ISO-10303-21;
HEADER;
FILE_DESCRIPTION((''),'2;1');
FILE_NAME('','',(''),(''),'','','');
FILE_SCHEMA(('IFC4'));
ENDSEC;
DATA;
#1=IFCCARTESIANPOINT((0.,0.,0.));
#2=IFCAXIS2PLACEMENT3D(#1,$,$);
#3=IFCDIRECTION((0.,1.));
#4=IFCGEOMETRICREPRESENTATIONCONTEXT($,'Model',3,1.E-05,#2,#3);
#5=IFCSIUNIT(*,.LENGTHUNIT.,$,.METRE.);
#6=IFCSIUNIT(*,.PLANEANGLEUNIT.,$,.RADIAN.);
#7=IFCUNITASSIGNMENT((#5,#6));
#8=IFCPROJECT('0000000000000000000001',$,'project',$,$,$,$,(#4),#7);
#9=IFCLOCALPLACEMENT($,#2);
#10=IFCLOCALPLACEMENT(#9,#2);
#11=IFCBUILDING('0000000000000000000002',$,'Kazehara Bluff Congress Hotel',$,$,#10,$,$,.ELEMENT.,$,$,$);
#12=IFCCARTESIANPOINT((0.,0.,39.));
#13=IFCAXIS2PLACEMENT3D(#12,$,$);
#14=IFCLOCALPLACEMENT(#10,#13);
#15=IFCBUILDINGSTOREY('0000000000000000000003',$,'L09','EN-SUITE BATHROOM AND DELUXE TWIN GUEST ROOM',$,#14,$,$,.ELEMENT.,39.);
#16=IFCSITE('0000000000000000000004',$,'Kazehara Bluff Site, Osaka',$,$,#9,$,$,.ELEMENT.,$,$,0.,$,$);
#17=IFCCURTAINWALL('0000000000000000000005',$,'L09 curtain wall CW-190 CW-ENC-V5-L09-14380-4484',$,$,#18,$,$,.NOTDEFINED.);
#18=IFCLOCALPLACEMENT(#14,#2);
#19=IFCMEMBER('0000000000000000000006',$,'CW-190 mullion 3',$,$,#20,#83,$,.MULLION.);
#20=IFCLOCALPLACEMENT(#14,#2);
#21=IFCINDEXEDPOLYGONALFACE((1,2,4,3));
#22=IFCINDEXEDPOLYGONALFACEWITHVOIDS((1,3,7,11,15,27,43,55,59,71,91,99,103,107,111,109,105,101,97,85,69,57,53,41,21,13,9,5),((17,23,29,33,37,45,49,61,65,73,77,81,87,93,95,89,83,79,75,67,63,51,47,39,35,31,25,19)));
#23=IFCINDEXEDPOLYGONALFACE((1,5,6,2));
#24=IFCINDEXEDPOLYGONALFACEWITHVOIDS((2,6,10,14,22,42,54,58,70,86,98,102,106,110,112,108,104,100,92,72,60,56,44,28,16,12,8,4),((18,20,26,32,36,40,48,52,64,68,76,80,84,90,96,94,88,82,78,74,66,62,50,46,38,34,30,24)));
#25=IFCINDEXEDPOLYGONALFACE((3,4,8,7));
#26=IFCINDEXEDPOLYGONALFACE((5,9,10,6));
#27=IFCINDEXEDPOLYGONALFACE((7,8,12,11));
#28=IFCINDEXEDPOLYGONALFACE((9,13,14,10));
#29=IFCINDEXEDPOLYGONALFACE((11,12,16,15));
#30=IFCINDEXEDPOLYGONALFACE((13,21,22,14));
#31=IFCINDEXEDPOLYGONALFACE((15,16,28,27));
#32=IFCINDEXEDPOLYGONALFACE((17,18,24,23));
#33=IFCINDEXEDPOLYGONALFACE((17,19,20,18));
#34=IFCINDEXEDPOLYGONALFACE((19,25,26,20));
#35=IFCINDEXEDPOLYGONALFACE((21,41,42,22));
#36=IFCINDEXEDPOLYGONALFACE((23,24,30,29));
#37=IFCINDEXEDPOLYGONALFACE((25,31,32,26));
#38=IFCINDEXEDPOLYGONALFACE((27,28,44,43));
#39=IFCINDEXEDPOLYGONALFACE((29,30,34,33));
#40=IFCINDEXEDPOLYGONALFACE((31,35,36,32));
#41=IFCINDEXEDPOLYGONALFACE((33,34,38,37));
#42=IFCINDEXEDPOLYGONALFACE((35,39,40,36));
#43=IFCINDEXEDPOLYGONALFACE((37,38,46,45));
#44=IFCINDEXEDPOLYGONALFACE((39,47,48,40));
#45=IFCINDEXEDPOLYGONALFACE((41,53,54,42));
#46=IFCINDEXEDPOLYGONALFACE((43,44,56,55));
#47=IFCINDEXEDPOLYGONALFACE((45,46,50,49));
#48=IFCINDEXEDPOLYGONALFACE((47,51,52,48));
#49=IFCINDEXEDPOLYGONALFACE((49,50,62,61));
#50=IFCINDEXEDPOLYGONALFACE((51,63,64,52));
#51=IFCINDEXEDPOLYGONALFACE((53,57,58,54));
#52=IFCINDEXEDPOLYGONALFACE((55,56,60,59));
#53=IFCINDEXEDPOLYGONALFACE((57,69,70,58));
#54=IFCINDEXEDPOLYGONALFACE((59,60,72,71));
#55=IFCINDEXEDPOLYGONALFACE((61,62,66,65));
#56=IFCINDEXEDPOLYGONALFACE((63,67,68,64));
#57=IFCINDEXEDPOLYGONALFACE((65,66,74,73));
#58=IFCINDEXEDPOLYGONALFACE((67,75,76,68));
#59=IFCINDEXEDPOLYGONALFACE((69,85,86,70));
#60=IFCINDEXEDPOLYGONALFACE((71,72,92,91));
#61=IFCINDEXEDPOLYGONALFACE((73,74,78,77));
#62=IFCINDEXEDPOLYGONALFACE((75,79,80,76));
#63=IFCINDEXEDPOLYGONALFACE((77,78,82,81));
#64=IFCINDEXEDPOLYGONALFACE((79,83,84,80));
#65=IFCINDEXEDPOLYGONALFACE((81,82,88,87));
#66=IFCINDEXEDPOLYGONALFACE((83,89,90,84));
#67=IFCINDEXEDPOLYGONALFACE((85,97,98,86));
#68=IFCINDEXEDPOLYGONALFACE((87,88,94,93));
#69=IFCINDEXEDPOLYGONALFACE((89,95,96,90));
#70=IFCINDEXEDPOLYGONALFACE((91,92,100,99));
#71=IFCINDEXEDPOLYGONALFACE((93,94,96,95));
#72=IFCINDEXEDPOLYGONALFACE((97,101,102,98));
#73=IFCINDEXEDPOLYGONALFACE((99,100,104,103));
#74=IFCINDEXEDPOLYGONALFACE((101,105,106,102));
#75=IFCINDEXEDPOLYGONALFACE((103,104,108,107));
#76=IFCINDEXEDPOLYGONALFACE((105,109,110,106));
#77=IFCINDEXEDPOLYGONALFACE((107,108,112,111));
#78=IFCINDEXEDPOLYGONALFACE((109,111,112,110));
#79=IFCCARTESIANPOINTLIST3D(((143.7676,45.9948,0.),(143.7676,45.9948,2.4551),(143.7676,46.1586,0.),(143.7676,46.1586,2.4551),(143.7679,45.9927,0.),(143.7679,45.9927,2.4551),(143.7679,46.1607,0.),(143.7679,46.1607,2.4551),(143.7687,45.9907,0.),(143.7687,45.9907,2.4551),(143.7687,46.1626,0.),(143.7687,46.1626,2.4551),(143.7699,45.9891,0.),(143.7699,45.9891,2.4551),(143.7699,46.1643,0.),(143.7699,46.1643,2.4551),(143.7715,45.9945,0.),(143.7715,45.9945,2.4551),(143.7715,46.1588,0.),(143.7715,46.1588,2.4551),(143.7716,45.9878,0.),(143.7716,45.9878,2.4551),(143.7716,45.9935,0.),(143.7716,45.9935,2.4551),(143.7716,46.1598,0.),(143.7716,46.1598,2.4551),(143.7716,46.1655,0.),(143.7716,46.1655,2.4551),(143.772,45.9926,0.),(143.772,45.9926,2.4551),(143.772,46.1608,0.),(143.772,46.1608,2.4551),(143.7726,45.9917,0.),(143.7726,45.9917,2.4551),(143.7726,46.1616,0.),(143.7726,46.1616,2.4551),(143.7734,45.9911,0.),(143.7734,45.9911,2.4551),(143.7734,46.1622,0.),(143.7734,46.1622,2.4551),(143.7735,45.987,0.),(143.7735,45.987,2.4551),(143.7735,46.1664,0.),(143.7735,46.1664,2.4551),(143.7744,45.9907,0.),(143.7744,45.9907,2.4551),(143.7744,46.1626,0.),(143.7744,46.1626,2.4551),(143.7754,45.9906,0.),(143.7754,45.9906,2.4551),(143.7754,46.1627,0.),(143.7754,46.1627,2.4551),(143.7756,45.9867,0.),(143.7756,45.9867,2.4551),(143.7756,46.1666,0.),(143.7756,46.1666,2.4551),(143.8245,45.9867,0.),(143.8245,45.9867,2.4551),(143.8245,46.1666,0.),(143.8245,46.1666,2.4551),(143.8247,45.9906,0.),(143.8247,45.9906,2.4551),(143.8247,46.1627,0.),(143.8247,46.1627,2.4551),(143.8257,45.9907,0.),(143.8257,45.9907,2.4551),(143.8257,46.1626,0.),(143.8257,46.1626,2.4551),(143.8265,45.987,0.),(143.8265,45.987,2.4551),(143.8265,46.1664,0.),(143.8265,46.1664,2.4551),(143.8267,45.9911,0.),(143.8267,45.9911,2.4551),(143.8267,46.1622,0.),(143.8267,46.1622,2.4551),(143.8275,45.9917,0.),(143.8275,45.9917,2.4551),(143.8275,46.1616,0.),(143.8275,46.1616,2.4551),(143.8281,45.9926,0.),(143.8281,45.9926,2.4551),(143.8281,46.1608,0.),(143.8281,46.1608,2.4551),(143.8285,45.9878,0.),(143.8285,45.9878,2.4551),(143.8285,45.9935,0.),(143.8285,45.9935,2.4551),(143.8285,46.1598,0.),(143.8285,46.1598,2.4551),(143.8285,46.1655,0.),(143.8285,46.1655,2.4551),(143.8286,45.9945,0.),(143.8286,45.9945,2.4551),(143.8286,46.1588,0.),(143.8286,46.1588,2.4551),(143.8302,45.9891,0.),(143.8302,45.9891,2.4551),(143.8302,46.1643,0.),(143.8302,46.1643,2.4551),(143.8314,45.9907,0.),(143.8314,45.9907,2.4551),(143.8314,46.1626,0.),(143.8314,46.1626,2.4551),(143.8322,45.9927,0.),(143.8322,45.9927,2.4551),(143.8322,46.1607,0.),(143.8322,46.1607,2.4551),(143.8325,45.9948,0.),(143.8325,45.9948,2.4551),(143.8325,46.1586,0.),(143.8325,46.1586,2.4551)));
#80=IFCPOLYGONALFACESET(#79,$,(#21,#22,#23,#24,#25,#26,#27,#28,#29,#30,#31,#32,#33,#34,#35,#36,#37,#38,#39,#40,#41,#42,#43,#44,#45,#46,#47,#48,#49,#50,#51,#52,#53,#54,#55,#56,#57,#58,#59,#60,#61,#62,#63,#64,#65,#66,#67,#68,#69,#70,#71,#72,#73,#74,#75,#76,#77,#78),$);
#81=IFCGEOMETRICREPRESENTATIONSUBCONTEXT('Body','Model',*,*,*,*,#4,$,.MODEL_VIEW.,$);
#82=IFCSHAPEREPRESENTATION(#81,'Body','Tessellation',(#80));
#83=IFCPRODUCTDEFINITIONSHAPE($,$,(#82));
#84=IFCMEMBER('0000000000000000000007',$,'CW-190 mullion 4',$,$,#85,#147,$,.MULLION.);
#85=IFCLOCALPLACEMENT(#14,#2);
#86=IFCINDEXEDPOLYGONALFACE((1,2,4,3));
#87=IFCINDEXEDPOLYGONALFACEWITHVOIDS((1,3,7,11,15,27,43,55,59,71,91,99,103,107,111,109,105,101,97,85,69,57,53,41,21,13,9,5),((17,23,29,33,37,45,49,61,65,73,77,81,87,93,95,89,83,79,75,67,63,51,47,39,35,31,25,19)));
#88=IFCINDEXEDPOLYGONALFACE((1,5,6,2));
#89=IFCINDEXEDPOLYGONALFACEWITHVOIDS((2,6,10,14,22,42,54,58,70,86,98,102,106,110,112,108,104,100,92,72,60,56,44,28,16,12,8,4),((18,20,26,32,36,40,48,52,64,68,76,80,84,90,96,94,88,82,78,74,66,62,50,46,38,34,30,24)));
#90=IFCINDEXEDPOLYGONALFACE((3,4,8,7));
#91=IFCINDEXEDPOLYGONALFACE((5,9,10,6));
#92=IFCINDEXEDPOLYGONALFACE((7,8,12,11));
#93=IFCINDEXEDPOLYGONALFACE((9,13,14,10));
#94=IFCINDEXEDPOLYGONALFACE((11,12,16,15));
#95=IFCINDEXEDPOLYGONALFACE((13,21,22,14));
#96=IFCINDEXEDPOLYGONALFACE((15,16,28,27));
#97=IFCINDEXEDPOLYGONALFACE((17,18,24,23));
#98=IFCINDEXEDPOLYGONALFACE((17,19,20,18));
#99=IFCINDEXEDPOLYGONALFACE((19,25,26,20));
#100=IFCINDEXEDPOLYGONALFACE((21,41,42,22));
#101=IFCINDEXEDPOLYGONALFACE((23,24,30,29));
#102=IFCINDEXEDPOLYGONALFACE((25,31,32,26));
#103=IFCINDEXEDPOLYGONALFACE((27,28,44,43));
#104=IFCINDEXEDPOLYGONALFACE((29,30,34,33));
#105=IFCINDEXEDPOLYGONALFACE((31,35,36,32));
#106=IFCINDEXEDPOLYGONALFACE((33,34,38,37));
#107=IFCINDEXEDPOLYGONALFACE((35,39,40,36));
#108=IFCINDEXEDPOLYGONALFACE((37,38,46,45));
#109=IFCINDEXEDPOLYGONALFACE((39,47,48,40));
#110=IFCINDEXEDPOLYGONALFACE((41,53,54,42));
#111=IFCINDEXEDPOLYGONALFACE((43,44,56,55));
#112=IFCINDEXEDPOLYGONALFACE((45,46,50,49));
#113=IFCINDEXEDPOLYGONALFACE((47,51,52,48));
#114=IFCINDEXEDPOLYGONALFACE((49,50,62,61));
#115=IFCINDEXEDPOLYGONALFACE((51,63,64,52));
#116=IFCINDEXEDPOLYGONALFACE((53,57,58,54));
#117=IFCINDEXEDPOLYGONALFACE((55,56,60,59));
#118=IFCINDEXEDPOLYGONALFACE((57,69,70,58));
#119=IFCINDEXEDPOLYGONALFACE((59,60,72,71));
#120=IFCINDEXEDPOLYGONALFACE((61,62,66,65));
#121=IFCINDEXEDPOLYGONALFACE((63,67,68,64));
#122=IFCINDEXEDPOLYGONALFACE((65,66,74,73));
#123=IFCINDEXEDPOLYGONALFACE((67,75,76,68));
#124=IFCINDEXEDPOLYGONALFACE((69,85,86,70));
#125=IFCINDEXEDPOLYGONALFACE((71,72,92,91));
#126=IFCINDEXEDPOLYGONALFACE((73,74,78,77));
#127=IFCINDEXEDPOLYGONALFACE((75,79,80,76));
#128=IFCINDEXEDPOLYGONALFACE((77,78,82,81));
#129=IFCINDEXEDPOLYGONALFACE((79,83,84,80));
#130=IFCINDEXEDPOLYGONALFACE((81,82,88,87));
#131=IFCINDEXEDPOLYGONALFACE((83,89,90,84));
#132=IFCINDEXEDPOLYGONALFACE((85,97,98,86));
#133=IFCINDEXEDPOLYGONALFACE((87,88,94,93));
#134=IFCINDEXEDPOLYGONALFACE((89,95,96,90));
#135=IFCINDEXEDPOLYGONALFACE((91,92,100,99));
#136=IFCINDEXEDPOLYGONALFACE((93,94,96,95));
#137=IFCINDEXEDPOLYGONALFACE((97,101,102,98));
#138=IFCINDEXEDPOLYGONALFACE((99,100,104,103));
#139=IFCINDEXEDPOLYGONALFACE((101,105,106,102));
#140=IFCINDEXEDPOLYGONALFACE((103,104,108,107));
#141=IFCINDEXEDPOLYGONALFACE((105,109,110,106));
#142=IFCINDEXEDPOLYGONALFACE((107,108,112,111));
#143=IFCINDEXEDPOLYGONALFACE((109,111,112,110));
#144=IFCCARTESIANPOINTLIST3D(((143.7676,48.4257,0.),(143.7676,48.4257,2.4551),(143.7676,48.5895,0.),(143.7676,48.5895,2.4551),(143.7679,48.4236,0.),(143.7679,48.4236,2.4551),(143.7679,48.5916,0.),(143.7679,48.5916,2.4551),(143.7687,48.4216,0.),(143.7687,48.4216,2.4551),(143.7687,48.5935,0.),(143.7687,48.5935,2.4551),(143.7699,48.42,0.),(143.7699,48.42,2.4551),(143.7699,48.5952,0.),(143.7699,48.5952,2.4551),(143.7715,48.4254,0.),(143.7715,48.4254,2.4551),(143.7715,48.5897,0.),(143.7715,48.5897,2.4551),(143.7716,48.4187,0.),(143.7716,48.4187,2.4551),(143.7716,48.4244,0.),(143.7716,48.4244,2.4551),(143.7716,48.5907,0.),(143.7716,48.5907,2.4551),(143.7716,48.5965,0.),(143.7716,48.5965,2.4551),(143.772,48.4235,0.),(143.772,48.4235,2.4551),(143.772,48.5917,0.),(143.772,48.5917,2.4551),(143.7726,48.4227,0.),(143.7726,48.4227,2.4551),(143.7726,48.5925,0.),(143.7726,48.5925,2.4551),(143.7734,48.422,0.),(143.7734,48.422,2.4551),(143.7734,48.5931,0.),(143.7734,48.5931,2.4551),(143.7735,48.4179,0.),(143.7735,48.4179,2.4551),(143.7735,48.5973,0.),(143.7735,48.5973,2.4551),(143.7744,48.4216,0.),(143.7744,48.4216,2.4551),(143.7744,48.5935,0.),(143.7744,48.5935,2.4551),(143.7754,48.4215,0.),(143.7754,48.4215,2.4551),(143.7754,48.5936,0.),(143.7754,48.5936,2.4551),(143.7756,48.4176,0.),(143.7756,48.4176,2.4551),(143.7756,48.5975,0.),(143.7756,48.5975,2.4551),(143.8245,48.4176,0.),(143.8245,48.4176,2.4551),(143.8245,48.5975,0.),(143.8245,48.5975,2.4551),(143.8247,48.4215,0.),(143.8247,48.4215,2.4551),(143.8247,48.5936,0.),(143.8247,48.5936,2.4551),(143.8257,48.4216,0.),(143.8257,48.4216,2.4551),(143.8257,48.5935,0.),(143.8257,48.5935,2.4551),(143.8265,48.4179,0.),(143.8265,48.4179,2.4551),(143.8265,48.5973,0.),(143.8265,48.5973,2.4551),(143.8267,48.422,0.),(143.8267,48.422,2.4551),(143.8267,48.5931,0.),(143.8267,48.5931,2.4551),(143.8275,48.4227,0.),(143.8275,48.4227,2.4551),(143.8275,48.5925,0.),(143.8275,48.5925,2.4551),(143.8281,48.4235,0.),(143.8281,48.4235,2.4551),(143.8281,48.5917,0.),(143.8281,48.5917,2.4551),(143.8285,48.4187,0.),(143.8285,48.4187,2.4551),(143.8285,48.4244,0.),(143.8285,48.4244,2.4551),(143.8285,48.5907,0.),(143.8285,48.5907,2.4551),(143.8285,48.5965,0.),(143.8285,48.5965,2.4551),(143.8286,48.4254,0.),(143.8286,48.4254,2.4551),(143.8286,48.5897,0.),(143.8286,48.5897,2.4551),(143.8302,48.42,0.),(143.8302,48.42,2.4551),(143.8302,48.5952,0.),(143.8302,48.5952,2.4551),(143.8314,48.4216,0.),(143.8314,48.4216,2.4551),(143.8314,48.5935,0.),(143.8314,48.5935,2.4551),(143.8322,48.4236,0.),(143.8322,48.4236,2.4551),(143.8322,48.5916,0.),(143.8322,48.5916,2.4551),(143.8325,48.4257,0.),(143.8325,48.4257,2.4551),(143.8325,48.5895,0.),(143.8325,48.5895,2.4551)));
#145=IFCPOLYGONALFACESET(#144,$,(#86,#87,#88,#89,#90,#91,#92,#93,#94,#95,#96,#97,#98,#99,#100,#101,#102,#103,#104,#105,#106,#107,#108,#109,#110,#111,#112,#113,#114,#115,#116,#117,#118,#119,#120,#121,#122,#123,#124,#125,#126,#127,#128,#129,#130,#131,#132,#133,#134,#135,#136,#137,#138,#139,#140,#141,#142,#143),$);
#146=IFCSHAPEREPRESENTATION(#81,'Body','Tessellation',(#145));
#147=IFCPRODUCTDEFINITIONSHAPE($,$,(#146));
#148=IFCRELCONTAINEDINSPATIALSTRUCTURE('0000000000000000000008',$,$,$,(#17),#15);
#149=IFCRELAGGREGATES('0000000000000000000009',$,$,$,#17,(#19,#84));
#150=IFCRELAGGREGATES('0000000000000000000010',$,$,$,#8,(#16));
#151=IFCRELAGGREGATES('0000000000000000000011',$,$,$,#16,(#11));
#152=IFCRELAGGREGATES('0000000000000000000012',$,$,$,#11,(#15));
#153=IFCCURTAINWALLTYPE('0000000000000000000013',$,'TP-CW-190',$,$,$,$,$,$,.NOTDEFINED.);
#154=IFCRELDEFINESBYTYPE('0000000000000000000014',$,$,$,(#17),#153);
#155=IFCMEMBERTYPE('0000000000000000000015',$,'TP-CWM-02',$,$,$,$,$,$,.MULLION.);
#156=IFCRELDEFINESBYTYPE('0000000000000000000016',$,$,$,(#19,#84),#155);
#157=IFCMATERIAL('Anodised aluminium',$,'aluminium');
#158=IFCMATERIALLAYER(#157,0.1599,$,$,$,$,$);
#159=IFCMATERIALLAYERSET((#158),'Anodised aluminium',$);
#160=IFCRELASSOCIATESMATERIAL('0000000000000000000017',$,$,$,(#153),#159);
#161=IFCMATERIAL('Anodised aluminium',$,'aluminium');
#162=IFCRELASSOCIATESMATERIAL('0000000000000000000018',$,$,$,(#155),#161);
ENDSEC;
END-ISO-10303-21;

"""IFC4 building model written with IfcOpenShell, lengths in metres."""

from ifc_helpers import new_model, si_unit, direction, frame, origin, origin_2d, place, context, subcontext, project, spatial, hollow_rectangle, extrude, material, layer, layer_set, material_profile, profile_set, type_object, element, aggregate, save


model = new_model("IFC4")

# Units and contexts
model_context = context("Model", 3, precision=1e-05, world=origin(), true_north=direction((0.0, 1.0)))
body_context = subcontext(model_context, "Body", "Model", "MODEL_VIEW")
ifc_project = project(units=[si_unit("LENGTHUNIT", "METRE"), si_unit("PLANEANGLEUNIT", "RADIAN")], contexts=[model_context])

# Site, building, storey
site_placement = place(None, origin())
site = spatial("IfcSite", under=ifc_project, at=site_placement, Name="Kazehara Bluff Site, Osaka", CompositionType="ELEMENT", RefElevation=0.0)
building_placement = place(site_placement, origin())
building = spatial("IfcBuilding", under=site, at=building_placement, Name="Kazehara Bluff Congress Hotel", CompositionType="ELEMENT")
storey_placement = place(building_placement, frame((0.0, 0.0, 39.0)))
storey = spatial("IfcBuildingStorey", under=building, at=storey_placement, Name="L09", Description="EN-SUITE BATHROOM AND DELUXE TWIN GUEST ROOM", CompositionType="ELEMENT", Elevation=39.0)

# Curtain wall, members
ifc_material_1 = material(Name="Anodised aluminium", Category="aluminium")
ifc_layer_1 = layer(ifc_material_1, 0.1599)
ifc_layer_set_1 = layer_set([ifc_layer_1], Name="Anodised aluminium")
curtain_wall_type_1 = type_object("IfcCurtainWallType", Name="TP-CW-190", PredefinedType="NOTDEFINED", material=ifc_layer_set_1)
curtain_wall_1_placement = place(storey_placement, origin())
curtain_wall_1 = element("IfcCurtainWall", 1, at=curtain_wall_1_placement, inside=storey, type_object=curtain_wall_type_1, Name="L09 curtain wall CW-190 CW-ENC-V5-L09-14380-4484", PredefinedType="NOTDEFINED")
ifc_material_2 = material(Name="Anodised aluminium", Category="aluminium")
ifc_material_profile_1 = material_profile(ifc_material_2, hollow_rectangle(XDim=0.0649, YDim=0.1799, WallThickness=0.0039, InnerFilletRadius=0.0039, OuterFilletRadius=0.0081, at=origin_2d()))
ifc_profile_set_1 = profile_set([ifc_material_profile_1], Name="Anodised aluminium")
member_type_1 = type_object("IfcMemberType", Name="TP-CWM-02", PredefinedType="MULLION", material=ifc_profile_set_1)
member_1_placement = place(storey_placement, frame((143.8, 46.0767, 0.0), z_axis=(0.0, 0.0, 1.0), x_axis=(-1.0, 0.0, 0.0)))
member_1 = element("IfcMember", 2, at=member_1_placement, type_object=member_type_1, Name="CW-190 mullion 3", PredefinedType="MULLION", context=body_context, shape_type="SweptSolid", body=[
    extrude(hollow_rectangle(XDim=0.0649, YDim=0.1799, WallThickness=0.0039, InnerFilletRadius=0.0039, OuterFilletRadius=0.0081, at=origin_2d()), origin(), (0.0, 0.0, 1.0), 2.4551),
])
member_2_placement = place(storey_placement, frame((143.8, 48.5076, 0.0), z_axis=(0.0, 0.0, 1.0), x_axis=(-1.0, 0.0, 0.0)))
member_2 = element("IfcMember", 3, at=member_2_placement, type_object=member_type_1, Name="CW-190 mullion 4", PredefinedType="MULLION", context=body_context, shape_type="SweptSolid", body=[
    extrude(hollow_rectangle(XDim=0.0649, YDim=0.1799, WallThickness=0.0039, InnerFilletRadius=0.0039, OuterFilletRadius=0.0081, at=origin_2d()), origin(), (0.0, 0.0, 1.0), 2.4551),
])
aggregate(curtain_wall_1, [member_1, member_2])

save(model, "model.ifc")
